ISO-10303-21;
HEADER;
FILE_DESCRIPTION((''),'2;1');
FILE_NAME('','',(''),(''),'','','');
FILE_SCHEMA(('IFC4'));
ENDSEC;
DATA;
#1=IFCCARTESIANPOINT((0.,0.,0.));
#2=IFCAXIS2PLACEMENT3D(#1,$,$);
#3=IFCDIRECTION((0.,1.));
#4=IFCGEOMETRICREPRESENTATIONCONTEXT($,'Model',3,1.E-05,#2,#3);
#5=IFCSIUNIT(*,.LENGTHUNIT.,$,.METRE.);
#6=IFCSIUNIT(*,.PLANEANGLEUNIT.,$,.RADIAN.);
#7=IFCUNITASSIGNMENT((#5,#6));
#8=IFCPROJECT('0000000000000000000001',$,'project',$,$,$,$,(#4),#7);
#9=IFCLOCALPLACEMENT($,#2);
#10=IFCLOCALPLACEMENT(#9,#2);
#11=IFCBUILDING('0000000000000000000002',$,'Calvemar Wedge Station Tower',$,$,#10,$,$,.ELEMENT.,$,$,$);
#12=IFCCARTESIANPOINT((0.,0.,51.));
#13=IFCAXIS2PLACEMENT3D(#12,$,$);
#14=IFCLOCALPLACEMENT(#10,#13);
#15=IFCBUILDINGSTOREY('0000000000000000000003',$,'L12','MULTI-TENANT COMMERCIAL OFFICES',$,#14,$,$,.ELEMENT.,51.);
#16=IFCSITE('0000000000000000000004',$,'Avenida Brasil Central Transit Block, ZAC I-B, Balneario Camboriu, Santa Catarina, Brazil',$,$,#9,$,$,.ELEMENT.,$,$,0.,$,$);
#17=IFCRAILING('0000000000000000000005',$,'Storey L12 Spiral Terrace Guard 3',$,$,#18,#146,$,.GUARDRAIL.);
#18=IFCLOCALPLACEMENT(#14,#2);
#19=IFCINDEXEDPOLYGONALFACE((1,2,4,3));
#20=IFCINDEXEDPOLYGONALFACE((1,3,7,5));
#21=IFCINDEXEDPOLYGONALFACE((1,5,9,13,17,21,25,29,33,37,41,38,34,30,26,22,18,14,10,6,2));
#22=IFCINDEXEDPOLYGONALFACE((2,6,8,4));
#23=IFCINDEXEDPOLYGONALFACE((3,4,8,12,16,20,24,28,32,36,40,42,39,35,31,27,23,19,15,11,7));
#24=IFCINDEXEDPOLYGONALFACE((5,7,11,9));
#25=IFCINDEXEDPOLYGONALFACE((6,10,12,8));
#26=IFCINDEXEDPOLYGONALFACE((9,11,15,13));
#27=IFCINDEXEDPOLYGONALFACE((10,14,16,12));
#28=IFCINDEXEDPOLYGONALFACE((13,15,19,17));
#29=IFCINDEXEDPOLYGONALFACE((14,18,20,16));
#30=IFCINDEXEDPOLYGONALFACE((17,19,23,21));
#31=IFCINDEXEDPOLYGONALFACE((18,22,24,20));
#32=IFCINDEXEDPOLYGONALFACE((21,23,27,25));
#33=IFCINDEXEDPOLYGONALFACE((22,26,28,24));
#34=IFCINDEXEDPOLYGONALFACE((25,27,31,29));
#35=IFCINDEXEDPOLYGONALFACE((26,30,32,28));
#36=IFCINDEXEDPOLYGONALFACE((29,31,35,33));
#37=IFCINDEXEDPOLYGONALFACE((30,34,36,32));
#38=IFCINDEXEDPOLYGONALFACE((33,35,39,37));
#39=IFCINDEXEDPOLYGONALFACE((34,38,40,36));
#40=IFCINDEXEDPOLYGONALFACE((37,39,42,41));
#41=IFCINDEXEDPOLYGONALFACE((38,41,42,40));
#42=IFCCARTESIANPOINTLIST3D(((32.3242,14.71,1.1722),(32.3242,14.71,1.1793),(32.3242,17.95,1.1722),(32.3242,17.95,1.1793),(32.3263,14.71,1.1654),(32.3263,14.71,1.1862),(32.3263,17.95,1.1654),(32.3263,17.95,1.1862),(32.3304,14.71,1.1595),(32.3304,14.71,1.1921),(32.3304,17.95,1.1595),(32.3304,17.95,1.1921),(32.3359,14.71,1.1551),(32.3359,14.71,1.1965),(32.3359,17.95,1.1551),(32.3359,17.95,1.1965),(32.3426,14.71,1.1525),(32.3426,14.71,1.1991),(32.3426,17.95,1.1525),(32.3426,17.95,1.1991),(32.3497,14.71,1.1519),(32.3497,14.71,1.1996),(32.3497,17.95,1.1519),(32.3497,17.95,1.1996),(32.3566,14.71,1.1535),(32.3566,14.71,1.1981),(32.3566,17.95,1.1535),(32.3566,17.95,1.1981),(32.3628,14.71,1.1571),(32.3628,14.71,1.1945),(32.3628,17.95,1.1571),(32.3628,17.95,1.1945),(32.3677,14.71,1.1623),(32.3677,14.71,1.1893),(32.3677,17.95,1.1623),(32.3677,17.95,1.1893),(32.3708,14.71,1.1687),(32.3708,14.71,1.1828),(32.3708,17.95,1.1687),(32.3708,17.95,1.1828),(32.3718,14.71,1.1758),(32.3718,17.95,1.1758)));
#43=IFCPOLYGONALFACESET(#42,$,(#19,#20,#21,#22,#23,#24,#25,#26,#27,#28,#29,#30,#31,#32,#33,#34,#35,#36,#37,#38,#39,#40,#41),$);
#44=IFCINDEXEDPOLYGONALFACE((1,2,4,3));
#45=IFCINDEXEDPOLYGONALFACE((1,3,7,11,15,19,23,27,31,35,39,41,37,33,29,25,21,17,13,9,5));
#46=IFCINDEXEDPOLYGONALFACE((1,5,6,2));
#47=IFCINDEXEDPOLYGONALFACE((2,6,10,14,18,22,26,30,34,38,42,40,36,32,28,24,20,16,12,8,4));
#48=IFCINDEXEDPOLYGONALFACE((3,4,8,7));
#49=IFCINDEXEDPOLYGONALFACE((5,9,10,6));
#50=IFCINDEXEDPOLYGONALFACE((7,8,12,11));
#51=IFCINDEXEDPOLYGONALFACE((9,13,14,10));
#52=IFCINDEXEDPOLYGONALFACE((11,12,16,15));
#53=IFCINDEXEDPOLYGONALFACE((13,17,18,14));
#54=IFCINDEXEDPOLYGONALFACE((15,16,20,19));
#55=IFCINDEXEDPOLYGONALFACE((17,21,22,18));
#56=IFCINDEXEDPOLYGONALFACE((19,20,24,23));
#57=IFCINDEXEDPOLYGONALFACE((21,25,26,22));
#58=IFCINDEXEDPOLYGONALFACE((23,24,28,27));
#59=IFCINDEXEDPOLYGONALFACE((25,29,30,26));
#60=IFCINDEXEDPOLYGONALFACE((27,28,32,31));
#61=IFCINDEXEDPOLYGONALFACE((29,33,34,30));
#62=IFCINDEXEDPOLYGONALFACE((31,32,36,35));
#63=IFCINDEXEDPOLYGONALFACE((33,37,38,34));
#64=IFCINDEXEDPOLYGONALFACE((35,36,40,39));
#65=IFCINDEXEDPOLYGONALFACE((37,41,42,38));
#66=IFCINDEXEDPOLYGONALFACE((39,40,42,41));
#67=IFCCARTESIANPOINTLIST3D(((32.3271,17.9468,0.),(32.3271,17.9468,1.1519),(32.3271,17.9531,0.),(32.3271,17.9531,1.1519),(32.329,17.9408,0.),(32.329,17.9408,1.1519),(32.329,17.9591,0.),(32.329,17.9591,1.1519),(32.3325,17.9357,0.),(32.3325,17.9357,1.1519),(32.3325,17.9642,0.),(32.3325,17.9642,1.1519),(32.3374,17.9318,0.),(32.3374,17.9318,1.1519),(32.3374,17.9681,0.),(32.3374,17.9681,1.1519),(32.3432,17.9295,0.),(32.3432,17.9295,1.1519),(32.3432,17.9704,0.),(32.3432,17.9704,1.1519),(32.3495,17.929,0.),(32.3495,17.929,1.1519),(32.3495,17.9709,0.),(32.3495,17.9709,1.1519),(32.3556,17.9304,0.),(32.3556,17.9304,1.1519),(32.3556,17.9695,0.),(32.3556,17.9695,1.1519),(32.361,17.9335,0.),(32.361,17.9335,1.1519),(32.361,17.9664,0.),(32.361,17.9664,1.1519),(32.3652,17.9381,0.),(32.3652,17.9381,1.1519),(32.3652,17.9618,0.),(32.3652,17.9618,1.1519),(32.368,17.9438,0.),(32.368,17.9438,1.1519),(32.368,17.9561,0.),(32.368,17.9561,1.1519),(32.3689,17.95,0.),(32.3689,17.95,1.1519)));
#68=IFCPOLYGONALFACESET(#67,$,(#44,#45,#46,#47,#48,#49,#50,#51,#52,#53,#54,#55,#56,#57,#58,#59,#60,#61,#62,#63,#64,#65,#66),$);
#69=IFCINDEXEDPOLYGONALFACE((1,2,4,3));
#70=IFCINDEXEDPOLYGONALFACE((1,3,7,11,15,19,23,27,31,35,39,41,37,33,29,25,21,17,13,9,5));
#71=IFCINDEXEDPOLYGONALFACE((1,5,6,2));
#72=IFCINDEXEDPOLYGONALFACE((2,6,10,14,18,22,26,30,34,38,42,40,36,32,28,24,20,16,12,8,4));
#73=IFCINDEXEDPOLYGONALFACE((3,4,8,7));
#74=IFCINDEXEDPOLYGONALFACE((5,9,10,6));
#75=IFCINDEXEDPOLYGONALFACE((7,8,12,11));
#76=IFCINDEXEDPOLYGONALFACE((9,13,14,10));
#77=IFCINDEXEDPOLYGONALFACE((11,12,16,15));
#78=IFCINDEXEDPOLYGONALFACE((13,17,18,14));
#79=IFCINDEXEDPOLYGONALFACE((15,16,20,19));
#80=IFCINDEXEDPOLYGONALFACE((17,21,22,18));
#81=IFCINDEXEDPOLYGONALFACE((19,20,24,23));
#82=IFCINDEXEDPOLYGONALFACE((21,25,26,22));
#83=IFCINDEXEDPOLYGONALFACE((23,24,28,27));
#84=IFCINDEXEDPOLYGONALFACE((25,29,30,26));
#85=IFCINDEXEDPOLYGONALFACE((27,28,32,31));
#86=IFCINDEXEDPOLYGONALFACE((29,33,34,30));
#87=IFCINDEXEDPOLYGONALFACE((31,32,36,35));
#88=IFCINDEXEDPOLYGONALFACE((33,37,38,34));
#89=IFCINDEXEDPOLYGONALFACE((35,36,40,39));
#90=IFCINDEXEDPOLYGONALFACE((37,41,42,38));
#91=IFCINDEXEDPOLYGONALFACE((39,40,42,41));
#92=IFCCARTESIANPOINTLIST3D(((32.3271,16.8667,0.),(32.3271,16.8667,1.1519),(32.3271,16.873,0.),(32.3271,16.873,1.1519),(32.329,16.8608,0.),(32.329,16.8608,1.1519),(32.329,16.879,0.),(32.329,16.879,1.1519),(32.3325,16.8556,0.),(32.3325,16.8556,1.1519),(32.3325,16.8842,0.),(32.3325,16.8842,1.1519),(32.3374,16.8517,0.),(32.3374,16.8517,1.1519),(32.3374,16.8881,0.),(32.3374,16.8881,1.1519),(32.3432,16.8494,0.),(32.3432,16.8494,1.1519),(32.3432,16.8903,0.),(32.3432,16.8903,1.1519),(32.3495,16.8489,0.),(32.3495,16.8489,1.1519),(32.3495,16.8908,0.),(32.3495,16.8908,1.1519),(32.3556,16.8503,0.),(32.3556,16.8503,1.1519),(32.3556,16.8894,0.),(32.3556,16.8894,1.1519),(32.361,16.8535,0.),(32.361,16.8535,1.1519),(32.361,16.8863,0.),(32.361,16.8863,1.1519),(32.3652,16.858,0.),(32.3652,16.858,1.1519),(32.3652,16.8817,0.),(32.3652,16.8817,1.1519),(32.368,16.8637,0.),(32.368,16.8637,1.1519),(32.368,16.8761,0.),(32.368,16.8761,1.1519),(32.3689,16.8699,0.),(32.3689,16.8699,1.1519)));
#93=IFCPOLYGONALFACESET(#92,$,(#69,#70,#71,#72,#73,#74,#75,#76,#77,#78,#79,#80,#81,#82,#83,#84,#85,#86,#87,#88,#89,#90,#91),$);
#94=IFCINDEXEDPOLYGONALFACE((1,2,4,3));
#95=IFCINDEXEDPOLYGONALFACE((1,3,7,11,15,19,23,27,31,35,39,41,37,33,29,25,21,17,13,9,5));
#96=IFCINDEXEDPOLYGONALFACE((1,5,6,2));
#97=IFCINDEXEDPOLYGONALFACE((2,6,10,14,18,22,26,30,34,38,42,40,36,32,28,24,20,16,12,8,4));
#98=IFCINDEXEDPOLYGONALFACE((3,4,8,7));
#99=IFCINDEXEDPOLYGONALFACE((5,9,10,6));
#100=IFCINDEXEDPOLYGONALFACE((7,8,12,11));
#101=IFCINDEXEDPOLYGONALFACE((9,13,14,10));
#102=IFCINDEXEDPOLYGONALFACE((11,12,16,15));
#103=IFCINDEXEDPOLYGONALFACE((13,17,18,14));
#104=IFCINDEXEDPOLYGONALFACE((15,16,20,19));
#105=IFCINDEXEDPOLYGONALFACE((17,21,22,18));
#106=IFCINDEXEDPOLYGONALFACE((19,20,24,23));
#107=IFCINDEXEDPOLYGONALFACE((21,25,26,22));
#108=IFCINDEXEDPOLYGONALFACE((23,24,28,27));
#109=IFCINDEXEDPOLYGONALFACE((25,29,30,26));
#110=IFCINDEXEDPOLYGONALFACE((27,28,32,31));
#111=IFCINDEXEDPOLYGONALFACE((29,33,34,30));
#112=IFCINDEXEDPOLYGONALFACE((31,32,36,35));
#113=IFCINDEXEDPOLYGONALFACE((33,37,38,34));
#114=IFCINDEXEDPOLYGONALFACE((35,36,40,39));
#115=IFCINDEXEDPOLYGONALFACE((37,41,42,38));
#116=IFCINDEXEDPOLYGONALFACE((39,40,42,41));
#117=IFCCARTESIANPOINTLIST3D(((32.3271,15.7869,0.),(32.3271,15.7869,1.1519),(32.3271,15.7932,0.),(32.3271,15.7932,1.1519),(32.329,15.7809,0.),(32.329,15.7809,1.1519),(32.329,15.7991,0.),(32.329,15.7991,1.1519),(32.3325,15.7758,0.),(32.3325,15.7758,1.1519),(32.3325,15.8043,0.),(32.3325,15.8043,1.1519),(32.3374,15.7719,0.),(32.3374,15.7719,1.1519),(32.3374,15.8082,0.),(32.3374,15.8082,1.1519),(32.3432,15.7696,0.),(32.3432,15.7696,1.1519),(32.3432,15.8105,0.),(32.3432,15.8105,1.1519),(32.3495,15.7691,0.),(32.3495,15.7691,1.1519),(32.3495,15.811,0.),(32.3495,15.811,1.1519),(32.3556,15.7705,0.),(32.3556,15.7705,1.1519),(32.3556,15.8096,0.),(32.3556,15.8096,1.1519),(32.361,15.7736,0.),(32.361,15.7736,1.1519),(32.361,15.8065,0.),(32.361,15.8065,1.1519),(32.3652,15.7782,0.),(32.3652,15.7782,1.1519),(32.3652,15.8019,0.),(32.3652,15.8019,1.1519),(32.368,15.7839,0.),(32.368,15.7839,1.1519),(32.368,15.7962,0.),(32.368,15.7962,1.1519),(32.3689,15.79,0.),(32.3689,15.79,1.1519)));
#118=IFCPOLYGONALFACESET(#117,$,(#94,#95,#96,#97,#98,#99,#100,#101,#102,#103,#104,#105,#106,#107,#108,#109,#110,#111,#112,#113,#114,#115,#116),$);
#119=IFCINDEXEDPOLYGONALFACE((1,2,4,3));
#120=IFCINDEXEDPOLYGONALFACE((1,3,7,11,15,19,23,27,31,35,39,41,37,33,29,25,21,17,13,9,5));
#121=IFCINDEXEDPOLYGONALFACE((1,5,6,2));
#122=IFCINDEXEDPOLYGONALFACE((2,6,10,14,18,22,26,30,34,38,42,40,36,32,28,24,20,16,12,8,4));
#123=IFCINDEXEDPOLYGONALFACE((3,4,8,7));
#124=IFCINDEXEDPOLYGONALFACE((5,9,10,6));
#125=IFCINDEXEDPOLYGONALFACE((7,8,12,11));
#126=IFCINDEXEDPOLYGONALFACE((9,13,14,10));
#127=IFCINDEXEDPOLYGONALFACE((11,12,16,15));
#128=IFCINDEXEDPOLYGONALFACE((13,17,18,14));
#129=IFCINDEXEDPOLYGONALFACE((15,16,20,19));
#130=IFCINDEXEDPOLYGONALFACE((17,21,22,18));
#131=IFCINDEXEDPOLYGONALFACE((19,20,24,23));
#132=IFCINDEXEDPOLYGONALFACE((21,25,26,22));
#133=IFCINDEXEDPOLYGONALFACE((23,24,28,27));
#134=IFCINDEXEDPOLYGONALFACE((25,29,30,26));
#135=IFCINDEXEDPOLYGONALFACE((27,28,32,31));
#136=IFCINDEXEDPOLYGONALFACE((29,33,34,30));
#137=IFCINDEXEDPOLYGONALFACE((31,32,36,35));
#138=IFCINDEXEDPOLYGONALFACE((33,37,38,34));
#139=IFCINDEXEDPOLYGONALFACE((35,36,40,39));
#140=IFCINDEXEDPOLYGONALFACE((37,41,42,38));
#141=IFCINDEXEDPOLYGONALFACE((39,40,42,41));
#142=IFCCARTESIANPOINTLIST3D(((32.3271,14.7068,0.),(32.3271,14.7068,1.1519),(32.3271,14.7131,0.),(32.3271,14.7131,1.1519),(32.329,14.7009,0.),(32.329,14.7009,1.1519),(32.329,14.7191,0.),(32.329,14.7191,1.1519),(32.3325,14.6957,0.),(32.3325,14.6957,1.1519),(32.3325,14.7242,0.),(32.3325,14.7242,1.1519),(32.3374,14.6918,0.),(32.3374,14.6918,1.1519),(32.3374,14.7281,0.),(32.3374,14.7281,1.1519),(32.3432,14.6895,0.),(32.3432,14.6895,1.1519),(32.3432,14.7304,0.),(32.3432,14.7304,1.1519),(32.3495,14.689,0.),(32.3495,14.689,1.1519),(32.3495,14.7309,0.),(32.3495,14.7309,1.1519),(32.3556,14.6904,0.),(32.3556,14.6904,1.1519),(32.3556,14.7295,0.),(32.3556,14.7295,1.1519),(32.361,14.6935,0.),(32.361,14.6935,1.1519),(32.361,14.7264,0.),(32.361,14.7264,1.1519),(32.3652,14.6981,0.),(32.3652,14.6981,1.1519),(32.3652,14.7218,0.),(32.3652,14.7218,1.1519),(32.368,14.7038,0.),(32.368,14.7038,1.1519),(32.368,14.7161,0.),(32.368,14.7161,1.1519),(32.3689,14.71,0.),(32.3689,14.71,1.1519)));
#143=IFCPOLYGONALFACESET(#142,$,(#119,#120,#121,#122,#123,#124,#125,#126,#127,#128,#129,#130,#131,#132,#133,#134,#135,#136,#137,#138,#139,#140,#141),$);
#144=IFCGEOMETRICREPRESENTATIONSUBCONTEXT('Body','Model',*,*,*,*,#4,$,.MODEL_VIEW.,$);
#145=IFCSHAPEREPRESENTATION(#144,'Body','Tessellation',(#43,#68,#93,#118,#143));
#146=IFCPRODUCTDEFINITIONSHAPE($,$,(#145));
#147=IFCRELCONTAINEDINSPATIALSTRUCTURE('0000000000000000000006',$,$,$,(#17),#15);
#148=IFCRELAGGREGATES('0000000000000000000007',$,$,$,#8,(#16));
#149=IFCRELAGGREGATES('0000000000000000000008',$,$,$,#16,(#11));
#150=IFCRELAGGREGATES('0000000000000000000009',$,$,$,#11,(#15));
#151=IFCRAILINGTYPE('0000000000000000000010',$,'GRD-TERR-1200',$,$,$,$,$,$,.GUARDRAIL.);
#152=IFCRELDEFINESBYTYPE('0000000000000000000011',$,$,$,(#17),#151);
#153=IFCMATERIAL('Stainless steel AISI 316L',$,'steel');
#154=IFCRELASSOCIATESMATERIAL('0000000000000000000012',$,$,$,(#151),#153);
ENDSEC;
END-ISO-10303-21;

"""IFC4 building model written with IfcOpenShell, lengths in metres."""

from ifc_helpers import new_model, si_unit, direction, frame, origin, origin_2d, place, context, subcontext, project, spatial, circle, extrude, material, type_object, element, save


model = new_model("IFC4")

# Units and contexts
model_context = context("Model", 3, precision=1e-05, world=origin(), true_north=direction((0.0, 1.0)))
body_context = subcontext(model_context, "Body", "Model", "MODEL_VIEW")
ifc_project = project(units=[si_unit("LENGTHUNIT", "METRE"), si_unit("PLANEANGLEUNIT", "RADIAN")], contexts=[model_context])

# Site, building, storey
site_placement = place(None, origin())
site = spatial("IfcSite", under=ifc_project, at=site_placement, Name="Avenida Brasil Central Transit Block, ZAC I-B, Balneario Camboriu, Santa Catarina, Brazil", CompositionType="ELEMENT", RefElevation=0.0)
building_placement = place(site_placement, origin())
building = spatial("IfcBuilding", under=site, at=building_placement, Name="Calvemar Wedge Station Tower", CompositionType="ELEMENT")
storey_placement = place(building_placement, frame((0.0, 0.0, 51.0)))
storey = spatial("IfcBuildingStorey", under=building, at=storey_placement, Name="L12", Description="MULTI-TENANT COMMERCIAL OFFICES", CompositionType="ELEMENT", Elevation=51.0)

# Railing
ifc_material_1 = material(Name="Stainless steel AISI 316L", Category="steel")
railing_type = type_object("IfcRailingType", Name="GRD-TERR-1200", PredefinedType="GUARDRAIL", material=ifc_material_1)
railing_1_placement = place(storey_placement, frame((32.3479, 17.95, 0.0)))
element("IfcRailing", 1, at=railing_1_placement, inside=storey, type_object=railing_type, Name="Storey L12 Spiral Terrace Guard 3", PredefinedType="GUARDRAIL", context=body_context, shape_type="SweptSolid", body=[
    extrude(circle(Radius=0.0239, at=origin_2d()), frame((0.0, 0.0, 1.1758), z_axis=(0.0, -1.0, 0.0), x_axis=(1.0, 0.0, 0.0)), (0.0, 0.0, 1.0), 3.24),
    extrude(circle(Radius=0.021, at=origin_2d()), origin(), (0.0, 0.0, 1.0), 1.1519),
    extrude(circle(Radius=0.021, at=origin_2d()), frame((0.0, -1.0801, 0.0)), (0.0, 0.0, 1.0), 1.1519),
    extrude(circle(Radius=0.021, at=origin_2d()), frame((0.0, -2.1599, 0.0)), (0.0, 0.0, 1.0), 1.1519),
    extrude(circle(Radius=0.021, at=origin_2d()), frame((0.0, -3.24, 0.0)), (0.0, 0.0, 1.0), 1.1519),
])

save(model, "model.ifc")
